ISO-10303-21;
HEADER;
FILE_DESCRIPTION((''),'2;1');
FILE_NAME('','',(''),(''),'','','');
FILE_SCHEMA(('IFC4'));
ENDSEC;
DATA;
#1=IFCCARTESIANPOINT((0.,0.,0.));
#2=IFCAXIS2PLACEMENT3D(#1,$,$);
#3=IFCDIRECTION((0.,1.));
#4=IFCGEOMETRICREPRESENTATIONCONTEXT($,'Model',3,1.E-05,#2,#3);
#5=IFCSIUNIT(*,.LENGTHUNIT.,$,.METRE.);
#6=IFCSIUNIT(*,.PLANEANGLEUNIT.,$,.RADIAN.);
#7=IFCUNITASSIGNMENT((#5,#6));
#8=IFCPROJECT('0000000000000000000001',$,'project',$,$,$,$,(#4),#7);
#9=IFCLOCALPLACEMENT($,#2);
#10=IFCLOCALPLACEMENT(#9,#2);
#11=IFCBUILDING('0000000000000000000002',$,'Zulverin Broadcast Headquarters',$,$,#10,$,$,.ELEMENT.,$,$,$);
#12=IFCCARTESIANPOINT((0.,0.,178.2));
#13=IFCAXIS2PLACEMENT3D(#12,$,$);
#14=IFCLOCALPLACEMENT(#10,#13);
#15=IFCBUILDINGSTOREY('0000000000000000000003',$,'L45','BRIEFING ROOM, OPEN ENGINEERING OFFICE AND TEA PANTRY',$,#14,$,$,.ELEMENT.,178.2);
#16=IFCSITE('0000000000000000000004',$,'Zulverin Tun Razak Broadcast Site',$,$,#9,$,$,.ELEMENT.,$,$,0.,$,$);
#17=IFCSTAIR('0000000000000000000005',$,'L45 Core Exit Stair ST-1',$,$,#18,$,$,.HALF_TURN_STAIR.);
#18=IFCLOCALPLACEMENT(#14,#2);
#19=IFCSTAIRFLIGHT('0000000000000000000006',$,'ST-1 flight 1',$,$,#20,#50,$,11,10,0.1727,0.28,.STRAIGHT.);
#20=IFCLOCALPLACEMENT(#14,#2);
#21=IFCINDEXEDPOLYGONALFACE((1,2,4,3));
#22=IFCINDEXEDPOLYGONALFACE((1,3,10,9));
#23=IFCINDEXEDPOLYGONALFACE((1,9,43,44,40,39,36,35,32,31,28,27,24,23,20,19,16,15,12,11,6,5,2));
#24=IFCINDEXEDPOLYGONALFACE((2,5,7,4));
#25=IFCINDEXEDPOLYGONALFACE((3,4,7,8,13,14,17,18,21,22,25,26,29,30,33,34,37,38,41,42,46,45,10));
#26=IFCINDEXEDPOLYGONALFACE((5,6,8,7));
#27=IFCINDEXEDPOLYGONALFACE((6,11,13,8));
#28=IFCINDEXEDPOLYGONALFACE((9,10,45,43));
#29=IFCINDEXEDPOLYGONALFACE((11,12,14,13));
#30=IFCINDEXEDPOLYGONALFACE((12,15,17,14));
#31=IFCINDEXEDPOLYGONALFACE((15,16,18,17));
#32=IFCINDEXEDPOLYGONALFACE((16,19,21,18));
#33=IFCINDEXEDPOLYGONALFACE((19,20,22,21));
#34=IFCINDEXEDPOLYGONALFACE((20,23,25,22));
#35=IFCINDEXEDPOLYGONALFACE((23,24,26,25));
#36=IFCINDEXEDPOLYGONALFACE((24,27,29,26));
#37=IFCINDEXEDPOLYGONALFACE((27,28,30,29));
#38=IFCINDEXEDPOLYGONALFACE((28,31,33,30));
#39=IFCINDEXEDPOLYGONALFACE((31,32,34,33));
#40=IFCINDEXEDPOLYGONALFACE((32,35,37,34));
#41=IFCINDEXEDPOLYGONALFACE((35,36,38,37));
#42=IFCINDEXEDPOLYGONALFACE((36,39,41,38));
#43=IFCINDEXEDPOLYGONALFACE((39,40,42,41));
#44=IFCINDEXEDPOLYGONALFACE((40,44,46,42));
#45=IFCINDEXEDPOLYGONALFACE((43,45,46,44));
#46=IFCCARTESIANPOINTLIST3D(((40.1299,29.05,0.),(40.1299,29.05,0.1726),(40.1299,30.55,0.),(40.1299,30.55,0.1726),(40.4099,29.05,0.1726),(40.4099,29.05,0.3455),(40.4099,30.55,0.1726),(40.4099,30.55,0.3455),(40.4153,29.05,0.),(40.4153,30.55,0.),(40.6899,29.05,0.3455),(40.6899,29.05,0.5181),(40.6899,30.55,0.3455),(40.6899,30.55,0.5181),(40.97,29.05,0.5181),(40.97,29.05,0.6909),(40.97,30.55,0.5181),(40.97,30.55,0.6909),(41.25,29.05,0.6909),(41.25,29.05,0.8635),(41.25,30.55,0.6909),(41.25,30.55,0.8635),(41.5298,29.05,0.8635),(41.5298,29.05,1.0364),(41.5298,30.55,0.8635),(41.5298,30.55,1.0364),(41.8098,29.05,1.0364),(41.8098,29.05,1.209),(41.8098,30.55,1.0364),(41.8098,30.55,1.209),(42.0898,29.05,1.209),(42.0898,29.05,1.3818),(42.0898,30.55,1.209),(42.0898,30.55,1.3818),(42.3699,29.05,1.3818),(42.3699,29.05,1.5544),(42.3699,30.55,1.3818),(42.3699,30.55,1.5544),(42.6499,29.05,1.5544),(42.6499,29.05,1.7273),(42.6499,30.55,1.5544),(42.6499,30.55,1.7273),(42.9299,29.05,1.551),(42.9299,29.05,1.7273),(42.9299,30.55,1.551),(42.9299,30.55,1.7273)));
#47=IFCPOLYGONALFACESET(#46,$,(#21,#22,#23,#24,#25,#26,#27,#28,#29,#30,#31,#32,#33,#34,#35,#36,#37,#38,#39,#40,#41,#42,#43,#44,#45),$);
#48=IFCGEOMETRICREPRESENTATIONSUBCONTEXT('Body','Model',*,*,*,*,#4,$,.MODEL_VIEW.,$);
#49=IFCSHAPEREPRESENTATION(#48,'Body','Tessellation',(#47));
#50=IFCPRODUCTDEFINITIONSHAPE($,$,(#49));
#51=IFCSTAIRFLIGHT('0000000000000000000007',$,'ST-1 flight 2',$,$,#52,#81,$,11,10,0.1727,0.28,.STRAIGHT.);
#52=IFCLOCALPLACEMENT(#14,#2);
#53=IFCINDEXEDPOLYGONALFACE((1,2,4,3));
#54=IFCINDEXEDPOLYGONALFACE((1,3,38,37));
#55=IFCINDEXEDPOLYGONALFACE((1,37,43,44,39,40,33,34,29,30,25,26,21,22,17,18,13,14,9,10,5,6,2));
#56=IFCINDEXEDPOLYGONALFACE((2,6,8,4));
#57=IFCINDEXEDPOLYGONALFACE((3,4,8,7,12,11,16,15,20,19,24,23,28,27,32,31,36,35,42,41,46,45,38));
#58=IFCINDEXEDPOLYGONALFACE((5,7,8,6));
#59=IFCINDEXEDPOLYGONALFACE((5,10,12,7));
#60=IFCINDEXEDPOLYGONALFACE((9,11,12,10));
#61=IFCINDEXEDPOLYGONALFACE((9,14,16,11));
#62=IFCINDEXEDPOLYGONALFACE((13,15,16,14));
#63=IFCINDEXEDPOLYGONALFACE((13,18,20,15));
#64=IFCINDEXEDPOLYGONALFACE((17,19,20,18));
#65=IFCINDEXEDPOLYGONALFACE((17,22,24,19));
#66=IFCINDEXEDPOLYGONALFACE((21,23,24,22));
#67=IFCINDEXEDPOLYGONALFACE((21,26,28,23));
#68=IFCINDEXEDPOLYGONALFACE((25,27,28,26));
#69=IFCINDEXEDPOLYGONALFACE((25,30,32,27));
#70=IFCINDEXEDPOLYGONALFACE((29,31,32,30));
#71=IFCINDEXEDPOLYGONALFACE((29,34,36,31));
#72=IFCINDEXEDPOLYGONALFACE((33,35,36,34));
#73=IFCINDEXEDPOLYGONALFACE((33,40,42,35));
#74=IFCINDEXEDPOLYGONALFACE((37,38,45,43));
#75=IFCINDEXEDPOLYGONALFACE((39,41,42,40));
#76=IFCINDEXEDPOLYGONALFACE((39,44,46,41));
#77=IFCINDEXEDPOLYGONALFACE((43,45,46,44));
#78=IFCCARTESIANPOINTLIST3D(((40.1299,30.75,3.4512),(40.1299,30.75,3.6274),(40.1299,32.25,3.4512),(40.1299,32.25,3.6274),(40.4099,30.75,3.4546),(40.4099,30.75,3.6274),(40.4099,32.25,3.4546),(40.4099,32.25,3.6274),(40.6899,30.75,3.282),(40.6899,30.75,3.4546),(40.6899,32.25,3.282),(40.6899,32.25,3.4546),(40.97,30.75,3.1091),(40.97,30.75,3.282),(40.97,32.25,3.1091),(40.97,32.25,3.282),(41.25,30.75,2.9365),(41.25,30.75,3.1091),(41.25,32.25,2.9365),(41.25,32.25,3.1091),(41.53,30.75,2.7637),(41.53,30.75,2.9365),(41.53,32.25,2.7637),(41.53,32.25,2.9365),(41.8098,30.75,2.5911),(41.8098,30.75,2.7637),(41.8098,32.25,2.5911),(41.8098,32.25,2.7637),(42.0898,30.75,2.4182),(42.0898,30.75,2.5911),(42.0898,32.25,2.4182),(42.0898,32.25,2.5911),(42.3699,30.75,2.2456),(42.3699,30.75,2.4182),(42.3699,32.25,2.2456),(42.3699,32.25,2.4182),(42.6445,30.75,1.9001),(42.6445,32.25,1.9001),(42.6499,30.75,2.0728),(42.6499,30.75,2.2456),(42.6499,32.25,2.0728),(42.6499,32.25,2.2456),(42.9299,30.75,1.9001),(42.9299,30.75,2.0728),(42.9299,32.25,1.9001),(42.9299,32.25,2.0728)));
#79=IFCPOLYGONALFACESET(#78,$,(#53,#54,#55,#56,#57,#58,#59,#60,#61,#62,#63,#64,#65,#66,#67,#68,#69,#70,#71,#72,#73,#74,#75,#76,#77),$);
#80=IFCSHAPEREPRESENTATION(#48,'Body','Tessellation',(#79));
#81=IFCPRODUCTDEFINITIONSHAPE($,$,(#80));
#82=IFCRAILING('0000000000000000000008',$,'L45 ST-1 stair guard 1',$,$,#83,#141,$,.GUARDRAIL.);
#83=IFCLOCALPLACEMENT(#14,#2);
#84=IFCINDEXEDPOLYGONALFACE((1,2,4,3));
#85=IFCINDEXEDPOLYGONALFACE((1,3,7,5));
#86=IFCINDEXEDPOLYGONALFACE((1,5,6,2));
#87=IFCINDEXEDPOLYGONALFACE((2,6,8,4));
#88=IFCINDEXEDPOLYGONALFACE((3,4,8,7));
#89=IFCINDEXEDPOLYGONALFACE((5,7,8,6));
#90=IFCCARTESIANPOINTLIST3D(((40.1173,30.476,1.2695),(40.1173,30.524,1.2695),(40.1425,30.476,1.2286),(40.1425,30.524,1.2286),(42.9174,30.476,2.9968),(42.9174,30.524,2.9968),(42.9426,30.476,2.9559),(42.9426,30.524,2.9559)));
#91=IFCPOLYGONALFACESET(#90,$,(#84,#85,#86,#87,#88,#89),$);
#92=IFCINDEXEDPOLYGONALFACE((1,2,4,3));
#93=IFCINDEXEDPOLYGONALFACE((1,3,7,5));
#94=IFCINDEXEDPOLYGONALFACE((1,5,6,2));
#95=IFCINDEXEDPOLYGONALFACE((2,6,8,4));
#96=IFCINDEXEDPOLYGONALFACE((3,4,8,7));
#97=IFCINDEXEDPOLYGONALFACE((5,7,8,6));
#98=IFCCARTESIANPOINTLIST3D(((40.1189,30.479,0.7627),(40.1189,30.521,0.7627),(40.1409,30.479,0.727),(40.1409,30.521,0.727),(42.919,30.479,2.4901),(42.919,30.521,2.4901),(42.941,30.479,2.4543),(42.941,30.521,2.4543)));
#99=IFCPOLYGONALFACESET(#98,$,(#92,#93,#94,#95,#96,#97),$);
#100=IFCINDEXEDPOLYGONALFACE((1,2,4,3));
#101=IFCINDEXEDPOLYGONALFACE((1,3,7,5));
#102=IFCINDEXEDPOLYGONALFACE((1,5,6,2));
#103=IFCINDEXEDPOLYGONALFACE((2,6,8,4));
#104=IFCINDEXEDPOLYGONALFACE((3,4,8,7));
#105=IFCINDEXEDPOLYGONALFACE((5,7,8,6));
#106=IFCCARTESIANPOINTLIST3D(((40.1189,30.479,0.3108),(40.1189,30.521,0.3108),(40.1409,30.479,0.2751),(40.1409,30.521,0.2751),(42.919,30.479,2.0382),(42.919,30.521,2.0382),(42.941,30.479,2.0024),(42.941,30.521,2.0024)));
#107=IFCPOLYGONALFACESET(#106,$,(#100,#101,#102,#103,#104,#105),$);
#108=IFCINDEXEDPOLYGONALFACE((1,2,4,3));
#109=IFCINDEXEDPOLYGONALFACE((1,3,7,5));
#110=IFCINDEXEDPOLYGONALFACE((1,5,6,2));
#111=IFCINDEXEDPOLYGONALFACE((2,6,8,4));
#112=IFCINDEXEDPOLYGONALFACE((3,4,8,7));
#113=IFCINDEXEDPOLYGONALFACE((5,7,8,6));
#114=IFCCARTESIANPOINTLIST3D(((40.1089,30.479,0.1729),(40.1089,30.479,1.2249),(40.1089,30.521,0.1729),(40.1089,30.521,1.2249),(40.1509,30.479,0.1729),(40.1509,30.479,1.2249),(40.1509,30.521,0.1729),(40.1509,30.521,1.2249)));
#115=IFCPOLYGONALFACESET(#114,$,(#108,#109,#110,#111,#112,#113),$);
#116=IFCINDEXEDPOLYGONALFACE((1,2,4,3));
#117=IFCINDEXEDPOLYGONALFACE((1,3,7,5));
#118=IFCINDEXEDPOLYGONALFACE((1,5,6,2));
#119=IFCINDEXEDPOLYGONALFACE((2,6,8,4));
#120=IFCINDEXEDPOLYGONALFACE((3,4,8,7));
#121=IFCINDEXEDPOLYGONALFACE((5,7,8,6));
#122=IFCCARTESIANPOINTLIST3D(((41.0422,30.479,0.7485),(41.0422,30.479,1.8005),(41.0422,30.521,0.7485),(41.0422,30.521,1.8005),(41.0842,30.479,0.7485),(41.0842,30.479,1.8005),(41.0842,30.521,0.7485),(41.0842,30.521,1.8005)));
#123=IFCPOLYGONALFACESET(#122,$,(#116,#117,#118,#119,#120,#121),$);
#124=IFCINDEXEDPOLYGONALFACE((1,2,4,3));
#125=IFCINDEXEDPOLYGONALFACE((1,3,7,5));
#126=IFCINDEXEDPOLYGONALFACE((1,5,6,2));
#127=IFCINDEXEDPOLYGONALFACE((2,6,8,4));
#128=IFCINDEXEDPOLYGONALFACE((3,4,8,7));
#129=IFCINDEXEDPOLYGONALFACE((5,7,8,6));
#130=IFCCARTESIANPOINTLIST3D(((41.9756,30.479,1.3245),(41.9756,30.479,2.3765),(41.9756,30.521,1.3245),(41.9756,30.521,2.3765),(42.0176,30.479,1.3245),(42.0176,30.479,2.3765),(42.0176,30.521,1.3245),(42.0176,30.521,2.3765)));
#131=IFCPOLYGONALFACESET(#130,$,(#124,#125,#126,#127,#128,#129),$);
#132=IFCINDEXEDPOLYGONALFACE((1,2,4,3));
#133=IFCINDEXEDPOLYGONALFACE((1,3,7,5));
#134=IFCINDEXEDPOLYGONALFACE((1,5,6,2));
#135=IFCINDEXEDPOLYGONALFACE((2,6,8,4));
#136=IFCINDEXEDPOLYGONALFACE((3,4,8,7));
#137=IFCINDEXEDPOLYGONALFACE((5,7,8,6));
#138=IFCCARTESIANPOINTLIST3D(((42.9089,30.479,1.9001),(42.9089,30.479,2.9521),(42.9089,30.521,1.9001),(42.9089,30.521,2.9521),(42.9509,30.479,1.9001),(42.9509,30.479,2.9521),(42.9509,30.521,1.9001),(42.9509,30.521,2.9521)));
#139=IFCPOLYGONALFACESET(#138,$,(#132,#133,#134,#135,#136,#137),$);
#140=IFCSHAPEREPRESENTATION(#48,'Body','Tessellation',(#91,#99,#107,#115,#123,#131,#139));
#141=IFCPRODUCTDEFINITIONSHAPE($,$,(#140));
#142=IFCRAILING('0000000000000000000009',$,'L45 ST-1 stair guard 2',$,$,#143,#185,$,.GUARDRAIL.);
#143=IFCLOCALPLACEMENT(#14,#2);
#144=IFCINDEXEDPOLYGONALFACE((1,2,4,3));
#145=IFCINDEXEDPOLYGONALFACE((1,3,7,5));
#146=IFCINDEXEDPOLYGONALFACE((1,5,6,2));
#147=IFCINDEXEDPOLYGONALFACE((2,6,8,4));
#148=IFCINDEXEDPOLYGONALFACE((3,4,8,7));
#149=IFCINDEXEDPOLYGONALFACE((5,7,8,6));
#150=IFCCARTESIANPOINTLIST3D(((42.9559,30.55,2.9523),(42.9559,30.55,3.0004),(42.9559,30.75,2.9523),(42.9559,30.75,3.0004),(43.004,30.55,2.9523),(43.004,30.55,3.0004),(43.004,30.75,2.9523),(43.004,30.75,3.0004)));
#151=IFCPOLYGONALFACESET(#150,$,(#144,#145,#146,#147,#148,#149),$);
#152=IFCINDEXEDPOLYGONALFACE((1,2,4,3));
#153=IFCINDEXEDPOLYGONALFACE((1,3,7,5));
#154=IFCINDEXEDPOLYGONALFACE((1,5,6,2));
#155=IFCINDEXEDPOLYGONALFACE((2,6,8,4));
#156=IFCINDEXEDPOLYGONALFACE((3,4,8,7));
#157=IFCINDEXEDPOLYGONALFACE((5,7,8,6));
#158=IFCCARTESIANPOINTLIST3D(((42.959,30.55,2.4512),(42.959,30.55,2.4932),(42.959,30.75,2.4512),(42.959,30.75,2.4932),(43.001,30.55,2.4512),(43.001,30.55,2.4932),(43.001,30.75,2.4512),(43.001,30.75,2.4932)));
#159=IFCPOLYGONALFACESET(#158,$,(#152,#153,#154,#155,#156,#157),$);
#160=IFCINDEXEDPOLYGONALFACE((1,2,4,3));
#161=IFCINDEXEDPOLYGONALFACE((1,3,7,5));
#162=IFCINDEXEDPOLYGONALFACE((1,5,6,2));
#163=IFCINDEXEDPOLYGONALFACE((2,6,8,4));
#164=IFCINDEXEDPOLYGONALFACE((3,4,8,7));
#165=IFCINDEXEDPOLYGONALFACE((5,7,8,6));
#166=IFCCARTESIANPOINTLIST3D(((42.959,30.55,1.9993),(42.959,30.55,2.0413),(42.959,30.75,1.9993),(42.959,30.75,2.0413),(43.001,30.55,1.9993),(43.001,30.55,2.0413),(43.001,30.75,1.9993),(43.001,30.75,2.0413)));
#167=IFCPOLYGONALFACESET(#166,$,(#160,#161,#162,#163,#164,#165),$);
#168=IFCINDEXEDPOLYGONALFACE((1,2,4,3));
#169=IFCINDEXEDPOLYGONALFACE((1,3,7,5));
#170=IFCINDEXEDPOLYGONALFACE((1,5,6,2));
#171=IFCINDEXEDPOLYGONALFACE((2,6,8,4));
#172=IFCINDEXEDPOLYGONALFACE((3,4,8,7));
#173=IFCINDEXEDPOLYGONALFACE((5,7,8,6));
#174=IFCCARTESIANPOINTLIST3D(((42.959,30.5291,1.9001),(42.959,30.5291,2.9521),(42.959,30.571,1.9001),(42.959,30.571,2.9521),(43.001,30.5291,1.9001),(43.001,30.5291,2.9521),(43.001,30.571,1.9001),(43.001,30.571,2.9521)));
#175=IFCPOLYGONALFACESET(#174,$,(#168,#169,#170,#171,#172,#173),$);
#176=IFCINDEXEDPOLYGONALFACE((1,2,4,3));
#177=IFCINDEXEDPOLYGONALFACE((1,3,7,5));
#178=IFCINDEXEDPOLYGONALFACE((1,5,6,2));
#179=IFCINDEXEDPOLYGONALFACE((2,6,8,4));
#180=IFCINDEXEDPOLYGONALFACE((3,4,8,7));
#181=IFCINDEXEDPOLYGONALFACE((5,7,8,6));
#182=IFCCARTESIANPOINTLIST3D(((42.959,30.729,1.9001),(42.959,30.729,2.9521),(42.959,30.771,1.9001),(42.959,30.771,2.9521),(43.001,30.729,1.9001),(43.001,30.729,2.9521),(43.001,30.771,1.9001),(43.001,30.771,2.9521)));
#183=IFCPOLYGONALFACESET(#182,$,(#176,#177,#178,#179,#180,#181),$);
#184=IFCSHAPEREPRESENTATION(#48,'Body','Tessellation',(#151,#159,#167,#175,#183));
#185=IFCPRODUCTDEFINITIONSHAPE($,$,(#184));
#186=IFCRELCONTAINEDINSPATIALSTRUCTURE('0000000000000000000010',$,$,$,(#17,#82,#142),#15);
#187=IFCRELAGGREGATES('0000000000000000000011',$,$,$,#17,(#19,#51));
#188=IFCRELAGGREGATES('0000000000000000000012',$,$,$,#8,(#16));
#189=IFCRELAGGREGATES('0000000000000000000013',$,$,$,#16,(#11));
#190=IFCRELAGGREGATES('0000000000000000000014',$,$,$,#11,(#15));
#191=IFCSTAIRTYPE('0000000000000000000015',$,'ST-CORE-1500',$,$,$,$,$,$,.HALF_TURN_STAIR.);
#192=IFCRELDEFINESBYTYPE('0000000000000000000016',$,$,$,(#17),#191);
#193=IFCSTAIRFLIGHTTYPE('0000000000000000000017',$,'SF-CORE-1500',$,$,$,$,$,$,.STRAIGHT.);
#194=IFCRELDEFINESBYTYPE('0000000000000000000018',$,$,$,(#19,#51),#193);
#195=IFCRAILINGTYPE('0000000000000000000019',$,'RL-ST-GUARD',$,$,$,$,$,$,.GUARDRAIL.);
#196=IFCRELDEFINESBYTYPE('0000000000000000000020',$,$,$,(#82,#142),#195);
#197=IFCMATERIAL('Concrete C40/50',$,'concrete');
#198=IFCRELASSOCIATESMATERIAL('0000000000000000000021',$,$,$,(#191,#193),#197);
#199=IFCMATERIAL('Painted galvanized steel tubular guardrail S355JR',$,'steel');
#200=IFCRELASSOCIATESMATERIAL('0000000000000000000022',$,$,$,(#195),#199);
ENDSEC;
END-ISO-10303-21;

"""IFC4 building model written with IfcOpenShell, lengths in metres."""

from ifc_helpers import new_model, si_unit, direction, frame, origin, origin_2d, place, context, subcontext, project, spatial, polyline, rectangle, outline, extrude, material, type_object, element, aggregate, save


model = new_model("IFC4")

# Units and contexts
model_context = context("Model", 3, precision=1e-05, world=origin(), true_north=direction((0.0, 1.0)))
body_context = subcontext(model_context, "Body", "Model", "MODEL_VIEW")
ifc_project = project(units=[si_unit("LENGTHUNIT", "METRE"), si_unit("PLANEANGLEUNIT", "RADIAN")], contexts=[model_context])

# Site, building, storey
site_placement = place(None, origin())
site = spatial("IfcSite", under=ifc_project, at=site_placement, Name="Zulverin Tun Razak Broadcast Site", CompositionType="ELEMENT", RefElevation=0.0)
building_placement = place(site_placement, origin())
building = spatial("IfcBuilding", under=site, at=building_placement, Name="Zulverin Broadcast Headquarters", CompositionType="ELEMENT")
storey_placement = place(building_placement, frame((0.0, 0.0, 178.2)))
storey = spatial("IfcBuildingStorey", under=building, at=storey_placement, Name="L45", Description="BRIEFING ROOM, OPEN ENGINEERING OFFICE AND TEA PANTRY", CompositionType="ELEMENT", Elevation=178.2)

# Stair, stair flights
ifc_material_1 = material(Name="Concrete C40/50", Category="concrete")
stair_type = type_object("IfcStairType", Name="ST-CORE-1500", PredefinedType="HALF_TURN_STAIR", material=ifc_material_1)
stair_placement = place(storey_placement, origin())
stair = element("IfcStair", 1, at=stair_placement, inside=storey, type_object=stair_type, Name="L45 Core Exit Stair ST-1", PredefinedType="HALF_TURN_STAIR")
stair_flight_type = type_object("IfcStairFlightType", Name="SF-CORE-1500", PredefinedType="STRAIGHT", material=ifc_material_1)
stair_flight_1_placement = place(storey_placement, frame((40.1299, 29.8, 0.0), z_axis=(0.0, 0.0, 1.0), x_axis=(1.0, 0.0, 0.0)))
stair_flight_1 = element("IfcStairFlight", 2, at=stair_flight_1_placement, type_object=stair_flight_type, Name="ST-1 flight 1", NumberOfRisers=11, NumberOfTreads=10, PredefinedType="STRAIGHT", RiserHeight=0.1727, TreadLength=0.28, context=body_context, shape_type="SweptSolid", body=[
    extrude(outline(polyline([(0.0, 0.0), (0.0, 0.1726), (0.28, 0.1726), (0.28, 0.3455), (0.5601, 0.3455), (0.5601, 0.5181), (0.8401, 0.5181), (0.8401, 0.6909), (1.1201, 0.6909), (1.1201, 0.8635), (1.3999, 0.8635), (1.3999, 1.0364), (1.6799, 1.0364), (1.6799, 1.209), (1.96, 1.209), (1.96, 1.3818), (2.24, 1.3818), (2.24, 1.5544), (2.52, 1.5544), (2.52, 1.7273), (2.8, 1.7273), (2.8, 1.8999), (2.8, 1.551), (0.2854, 0.0), (0.0, 0.0)])), frame((0.0, 0.75, 0.0), z_axis=(0.0, -1.0, 0.0), x_axis=(1.0, 0.0, 0.0)), (0.0, 0.0, 1.0), 1.5),
])
stair_flight_2_placement = place(storey_placement, frame((42.9299, 31.5, 1.9001), z_axis=(0.0, 0.0, 1.0), x_axis=(-1.0, 0.0, 0.0)))
stair_flight_2 = element("IfcStairFlight", 3, at=stair_flight_2_placement, type_object=stair_flight_type, Name="ST-1 flight 2", NumberOfRisers=11, NumberOfTreads=10, PredefinedType="STRAIGHT", RiserHeight=0.1727, TreadLength=0.28, context=body_context, shape_type="SweptSolid", body=[
    extrude(outline(polyline([(0.0, 0.0), (0.0, 0.1726), (0.28, 0.1726), (0.28, 0.3455), (0.5601, 0.3455), (0.5601, 0.5181), (0.8401, 0.5181), (0.8401, 0.6909), (1.1201, 0.6909), (1.1201, 0.8635), (1.3999, 0.8635), (1.3999, 1.0364), (1.6799, 1.0364), (1.6799, 1.209), (1.96, 1.209), (1.96, 1.3818), (2.24, 1.3818), (2.24, 1.5544), (2.52, 1.5544), (2.52, 1.7273), (2.8, 1.7273), (2.8, 1.8999), (2.8, 1.551), (0.2854, 0.0), (0.0, 0.0)])), frame((0.0, 0.75, 0.0), z_axis=(0.0, -1.0, 0.0), x_axis=(1.0, 0.0, 0.0)), (0.0, 0.0, 1.0), 1.5),
])
aggregate(stair, [stair_flight_1, stair_flight_2])

# Railings
ifc_material_2 = material(Name="Painted galvanized steel tubular guardrail S355JR", Category="steel")
railing_type_1 = type_object("IfcRailingType", Name="RL-ST-GUARD", PredefinedType="GUARDRAIL", material=ifc_material_2)
railing_1_placement = place(storey_placement, frame((40.1299, 30.5, 0.1729)))
element("IfcRailing", 4, at=railing_1_placement, inside=storey, type_object=railing_type_1, Name="L45 ST-1 stair guard 1", PredefinedType="GUARDRAIL", context=body_context, shape_type="SweptSolid", body=[
    extrude(rectangle(XDim=0.0481, YDim=0.0481, at=origin_2d()), frame((0.0, 0.0, 1.0762), z_axis=(0.85109, 0.0, 0.52502), x_axis=(0.0, 1.0, 0.0)), (0.0, 0.0, 1.0), 3.29),
    extrude(rectangle(XDim=0.042, YDim=0.042, at=origin_2d()), frame((0.0, 0.0, 0.572), z_axis=(0.85109, 0.0, 0.52502), x_axis=(0.0, 1.0, 0.0)), (0.0, 0.0, 1.0), 3.29),
    extrude(rectangle(XDim=0.042, YDim=0.042, at=origin_2d()), frame((0.0, 0.0, 0.1201), z_axis=(0.85109, 0.0, 0.52502), x_axis=(0.0, 1.0, 0.0)), (0.0, 0.0, 1.0), 3.29),
    extrude(rectangle(XDim=0.042, YDim=0.042, at=origin_2d()), origin(), (0.0, 0.0, 1.0), 1.052),
    extrude(rectangle(XDim=0.042, YDim=0.042, at=origin_2d()), frame((0.9333, 0.0, 0.5757)), (0.0, 0.0, 1.0), 1.052),
    extrude(rectangle(XDim=0.042, YDim=0.042, at=origin_2d()), frame((1.8667, 0.0, 1.1516)), (0.0, 0.0, 1.0), 1.052),
    extrude(rectangle(XDim=0.042, YDim=0.042, at=origin_2d()), frame((2.8, 0.0, 1.7273)), (0.0, 0.0, 1.0), 1.052),
])
railing_2_placement = place(storey_placement, frame((42.98, 30.55, 1.9001)))
element("IfcRailing", 5, at=railing_2_placement, inside=storey, type_object=railing_type_1, Name="L45 ST-1 stair guard 2", PredefinedType="GUARDRAIL", context=body_context, shape_type="SweptSolid", body=[
    extrude(rectangle(XDim=0.0481, YDim=0.0481, at=origin_2d()), frame((0.0, 0.0, 1.0762), z_axis=(0.0, 1.0, 0.0), x_axis=(-1.0, 0.0, 0.0)), (0.0, 0.0, 1.0), 0.2),
    extrude(rectangle(XDim=0.042, YDim=0.042, at=origin_2d()), frame((0.0, 0.0, 0.572), z_axis=(0.0, 1.0, 0.0), x_axis=(-1.0, 0.0, 0.0)), (0.0, 0.0, 1.0), 0.2),
    extrude(rectangle(XDim=0.042, YDim=0.042, at=origin_2d()), frame((0.0, 0.0, 0.1201), z_axis=(0.0, 1.0, 0.0), x_axis=(-1.0, 0.0, 0.0)), (0.0, 0.0, 1.0), 0.2),
    extrude(rectangle(XDim=0.042, YDim=0.042, at=origin_2d()), origin(), (0.0, 0.0, 1.0), 1.052),
    extrude(rectangle(XDim=0.042, YDim=0.042, at=origin_2d()), frame((0.0, 0.2, 0.0)), (0.0, 0.0, 1.0), 1.052),
])

save(model, "model.ifc")
